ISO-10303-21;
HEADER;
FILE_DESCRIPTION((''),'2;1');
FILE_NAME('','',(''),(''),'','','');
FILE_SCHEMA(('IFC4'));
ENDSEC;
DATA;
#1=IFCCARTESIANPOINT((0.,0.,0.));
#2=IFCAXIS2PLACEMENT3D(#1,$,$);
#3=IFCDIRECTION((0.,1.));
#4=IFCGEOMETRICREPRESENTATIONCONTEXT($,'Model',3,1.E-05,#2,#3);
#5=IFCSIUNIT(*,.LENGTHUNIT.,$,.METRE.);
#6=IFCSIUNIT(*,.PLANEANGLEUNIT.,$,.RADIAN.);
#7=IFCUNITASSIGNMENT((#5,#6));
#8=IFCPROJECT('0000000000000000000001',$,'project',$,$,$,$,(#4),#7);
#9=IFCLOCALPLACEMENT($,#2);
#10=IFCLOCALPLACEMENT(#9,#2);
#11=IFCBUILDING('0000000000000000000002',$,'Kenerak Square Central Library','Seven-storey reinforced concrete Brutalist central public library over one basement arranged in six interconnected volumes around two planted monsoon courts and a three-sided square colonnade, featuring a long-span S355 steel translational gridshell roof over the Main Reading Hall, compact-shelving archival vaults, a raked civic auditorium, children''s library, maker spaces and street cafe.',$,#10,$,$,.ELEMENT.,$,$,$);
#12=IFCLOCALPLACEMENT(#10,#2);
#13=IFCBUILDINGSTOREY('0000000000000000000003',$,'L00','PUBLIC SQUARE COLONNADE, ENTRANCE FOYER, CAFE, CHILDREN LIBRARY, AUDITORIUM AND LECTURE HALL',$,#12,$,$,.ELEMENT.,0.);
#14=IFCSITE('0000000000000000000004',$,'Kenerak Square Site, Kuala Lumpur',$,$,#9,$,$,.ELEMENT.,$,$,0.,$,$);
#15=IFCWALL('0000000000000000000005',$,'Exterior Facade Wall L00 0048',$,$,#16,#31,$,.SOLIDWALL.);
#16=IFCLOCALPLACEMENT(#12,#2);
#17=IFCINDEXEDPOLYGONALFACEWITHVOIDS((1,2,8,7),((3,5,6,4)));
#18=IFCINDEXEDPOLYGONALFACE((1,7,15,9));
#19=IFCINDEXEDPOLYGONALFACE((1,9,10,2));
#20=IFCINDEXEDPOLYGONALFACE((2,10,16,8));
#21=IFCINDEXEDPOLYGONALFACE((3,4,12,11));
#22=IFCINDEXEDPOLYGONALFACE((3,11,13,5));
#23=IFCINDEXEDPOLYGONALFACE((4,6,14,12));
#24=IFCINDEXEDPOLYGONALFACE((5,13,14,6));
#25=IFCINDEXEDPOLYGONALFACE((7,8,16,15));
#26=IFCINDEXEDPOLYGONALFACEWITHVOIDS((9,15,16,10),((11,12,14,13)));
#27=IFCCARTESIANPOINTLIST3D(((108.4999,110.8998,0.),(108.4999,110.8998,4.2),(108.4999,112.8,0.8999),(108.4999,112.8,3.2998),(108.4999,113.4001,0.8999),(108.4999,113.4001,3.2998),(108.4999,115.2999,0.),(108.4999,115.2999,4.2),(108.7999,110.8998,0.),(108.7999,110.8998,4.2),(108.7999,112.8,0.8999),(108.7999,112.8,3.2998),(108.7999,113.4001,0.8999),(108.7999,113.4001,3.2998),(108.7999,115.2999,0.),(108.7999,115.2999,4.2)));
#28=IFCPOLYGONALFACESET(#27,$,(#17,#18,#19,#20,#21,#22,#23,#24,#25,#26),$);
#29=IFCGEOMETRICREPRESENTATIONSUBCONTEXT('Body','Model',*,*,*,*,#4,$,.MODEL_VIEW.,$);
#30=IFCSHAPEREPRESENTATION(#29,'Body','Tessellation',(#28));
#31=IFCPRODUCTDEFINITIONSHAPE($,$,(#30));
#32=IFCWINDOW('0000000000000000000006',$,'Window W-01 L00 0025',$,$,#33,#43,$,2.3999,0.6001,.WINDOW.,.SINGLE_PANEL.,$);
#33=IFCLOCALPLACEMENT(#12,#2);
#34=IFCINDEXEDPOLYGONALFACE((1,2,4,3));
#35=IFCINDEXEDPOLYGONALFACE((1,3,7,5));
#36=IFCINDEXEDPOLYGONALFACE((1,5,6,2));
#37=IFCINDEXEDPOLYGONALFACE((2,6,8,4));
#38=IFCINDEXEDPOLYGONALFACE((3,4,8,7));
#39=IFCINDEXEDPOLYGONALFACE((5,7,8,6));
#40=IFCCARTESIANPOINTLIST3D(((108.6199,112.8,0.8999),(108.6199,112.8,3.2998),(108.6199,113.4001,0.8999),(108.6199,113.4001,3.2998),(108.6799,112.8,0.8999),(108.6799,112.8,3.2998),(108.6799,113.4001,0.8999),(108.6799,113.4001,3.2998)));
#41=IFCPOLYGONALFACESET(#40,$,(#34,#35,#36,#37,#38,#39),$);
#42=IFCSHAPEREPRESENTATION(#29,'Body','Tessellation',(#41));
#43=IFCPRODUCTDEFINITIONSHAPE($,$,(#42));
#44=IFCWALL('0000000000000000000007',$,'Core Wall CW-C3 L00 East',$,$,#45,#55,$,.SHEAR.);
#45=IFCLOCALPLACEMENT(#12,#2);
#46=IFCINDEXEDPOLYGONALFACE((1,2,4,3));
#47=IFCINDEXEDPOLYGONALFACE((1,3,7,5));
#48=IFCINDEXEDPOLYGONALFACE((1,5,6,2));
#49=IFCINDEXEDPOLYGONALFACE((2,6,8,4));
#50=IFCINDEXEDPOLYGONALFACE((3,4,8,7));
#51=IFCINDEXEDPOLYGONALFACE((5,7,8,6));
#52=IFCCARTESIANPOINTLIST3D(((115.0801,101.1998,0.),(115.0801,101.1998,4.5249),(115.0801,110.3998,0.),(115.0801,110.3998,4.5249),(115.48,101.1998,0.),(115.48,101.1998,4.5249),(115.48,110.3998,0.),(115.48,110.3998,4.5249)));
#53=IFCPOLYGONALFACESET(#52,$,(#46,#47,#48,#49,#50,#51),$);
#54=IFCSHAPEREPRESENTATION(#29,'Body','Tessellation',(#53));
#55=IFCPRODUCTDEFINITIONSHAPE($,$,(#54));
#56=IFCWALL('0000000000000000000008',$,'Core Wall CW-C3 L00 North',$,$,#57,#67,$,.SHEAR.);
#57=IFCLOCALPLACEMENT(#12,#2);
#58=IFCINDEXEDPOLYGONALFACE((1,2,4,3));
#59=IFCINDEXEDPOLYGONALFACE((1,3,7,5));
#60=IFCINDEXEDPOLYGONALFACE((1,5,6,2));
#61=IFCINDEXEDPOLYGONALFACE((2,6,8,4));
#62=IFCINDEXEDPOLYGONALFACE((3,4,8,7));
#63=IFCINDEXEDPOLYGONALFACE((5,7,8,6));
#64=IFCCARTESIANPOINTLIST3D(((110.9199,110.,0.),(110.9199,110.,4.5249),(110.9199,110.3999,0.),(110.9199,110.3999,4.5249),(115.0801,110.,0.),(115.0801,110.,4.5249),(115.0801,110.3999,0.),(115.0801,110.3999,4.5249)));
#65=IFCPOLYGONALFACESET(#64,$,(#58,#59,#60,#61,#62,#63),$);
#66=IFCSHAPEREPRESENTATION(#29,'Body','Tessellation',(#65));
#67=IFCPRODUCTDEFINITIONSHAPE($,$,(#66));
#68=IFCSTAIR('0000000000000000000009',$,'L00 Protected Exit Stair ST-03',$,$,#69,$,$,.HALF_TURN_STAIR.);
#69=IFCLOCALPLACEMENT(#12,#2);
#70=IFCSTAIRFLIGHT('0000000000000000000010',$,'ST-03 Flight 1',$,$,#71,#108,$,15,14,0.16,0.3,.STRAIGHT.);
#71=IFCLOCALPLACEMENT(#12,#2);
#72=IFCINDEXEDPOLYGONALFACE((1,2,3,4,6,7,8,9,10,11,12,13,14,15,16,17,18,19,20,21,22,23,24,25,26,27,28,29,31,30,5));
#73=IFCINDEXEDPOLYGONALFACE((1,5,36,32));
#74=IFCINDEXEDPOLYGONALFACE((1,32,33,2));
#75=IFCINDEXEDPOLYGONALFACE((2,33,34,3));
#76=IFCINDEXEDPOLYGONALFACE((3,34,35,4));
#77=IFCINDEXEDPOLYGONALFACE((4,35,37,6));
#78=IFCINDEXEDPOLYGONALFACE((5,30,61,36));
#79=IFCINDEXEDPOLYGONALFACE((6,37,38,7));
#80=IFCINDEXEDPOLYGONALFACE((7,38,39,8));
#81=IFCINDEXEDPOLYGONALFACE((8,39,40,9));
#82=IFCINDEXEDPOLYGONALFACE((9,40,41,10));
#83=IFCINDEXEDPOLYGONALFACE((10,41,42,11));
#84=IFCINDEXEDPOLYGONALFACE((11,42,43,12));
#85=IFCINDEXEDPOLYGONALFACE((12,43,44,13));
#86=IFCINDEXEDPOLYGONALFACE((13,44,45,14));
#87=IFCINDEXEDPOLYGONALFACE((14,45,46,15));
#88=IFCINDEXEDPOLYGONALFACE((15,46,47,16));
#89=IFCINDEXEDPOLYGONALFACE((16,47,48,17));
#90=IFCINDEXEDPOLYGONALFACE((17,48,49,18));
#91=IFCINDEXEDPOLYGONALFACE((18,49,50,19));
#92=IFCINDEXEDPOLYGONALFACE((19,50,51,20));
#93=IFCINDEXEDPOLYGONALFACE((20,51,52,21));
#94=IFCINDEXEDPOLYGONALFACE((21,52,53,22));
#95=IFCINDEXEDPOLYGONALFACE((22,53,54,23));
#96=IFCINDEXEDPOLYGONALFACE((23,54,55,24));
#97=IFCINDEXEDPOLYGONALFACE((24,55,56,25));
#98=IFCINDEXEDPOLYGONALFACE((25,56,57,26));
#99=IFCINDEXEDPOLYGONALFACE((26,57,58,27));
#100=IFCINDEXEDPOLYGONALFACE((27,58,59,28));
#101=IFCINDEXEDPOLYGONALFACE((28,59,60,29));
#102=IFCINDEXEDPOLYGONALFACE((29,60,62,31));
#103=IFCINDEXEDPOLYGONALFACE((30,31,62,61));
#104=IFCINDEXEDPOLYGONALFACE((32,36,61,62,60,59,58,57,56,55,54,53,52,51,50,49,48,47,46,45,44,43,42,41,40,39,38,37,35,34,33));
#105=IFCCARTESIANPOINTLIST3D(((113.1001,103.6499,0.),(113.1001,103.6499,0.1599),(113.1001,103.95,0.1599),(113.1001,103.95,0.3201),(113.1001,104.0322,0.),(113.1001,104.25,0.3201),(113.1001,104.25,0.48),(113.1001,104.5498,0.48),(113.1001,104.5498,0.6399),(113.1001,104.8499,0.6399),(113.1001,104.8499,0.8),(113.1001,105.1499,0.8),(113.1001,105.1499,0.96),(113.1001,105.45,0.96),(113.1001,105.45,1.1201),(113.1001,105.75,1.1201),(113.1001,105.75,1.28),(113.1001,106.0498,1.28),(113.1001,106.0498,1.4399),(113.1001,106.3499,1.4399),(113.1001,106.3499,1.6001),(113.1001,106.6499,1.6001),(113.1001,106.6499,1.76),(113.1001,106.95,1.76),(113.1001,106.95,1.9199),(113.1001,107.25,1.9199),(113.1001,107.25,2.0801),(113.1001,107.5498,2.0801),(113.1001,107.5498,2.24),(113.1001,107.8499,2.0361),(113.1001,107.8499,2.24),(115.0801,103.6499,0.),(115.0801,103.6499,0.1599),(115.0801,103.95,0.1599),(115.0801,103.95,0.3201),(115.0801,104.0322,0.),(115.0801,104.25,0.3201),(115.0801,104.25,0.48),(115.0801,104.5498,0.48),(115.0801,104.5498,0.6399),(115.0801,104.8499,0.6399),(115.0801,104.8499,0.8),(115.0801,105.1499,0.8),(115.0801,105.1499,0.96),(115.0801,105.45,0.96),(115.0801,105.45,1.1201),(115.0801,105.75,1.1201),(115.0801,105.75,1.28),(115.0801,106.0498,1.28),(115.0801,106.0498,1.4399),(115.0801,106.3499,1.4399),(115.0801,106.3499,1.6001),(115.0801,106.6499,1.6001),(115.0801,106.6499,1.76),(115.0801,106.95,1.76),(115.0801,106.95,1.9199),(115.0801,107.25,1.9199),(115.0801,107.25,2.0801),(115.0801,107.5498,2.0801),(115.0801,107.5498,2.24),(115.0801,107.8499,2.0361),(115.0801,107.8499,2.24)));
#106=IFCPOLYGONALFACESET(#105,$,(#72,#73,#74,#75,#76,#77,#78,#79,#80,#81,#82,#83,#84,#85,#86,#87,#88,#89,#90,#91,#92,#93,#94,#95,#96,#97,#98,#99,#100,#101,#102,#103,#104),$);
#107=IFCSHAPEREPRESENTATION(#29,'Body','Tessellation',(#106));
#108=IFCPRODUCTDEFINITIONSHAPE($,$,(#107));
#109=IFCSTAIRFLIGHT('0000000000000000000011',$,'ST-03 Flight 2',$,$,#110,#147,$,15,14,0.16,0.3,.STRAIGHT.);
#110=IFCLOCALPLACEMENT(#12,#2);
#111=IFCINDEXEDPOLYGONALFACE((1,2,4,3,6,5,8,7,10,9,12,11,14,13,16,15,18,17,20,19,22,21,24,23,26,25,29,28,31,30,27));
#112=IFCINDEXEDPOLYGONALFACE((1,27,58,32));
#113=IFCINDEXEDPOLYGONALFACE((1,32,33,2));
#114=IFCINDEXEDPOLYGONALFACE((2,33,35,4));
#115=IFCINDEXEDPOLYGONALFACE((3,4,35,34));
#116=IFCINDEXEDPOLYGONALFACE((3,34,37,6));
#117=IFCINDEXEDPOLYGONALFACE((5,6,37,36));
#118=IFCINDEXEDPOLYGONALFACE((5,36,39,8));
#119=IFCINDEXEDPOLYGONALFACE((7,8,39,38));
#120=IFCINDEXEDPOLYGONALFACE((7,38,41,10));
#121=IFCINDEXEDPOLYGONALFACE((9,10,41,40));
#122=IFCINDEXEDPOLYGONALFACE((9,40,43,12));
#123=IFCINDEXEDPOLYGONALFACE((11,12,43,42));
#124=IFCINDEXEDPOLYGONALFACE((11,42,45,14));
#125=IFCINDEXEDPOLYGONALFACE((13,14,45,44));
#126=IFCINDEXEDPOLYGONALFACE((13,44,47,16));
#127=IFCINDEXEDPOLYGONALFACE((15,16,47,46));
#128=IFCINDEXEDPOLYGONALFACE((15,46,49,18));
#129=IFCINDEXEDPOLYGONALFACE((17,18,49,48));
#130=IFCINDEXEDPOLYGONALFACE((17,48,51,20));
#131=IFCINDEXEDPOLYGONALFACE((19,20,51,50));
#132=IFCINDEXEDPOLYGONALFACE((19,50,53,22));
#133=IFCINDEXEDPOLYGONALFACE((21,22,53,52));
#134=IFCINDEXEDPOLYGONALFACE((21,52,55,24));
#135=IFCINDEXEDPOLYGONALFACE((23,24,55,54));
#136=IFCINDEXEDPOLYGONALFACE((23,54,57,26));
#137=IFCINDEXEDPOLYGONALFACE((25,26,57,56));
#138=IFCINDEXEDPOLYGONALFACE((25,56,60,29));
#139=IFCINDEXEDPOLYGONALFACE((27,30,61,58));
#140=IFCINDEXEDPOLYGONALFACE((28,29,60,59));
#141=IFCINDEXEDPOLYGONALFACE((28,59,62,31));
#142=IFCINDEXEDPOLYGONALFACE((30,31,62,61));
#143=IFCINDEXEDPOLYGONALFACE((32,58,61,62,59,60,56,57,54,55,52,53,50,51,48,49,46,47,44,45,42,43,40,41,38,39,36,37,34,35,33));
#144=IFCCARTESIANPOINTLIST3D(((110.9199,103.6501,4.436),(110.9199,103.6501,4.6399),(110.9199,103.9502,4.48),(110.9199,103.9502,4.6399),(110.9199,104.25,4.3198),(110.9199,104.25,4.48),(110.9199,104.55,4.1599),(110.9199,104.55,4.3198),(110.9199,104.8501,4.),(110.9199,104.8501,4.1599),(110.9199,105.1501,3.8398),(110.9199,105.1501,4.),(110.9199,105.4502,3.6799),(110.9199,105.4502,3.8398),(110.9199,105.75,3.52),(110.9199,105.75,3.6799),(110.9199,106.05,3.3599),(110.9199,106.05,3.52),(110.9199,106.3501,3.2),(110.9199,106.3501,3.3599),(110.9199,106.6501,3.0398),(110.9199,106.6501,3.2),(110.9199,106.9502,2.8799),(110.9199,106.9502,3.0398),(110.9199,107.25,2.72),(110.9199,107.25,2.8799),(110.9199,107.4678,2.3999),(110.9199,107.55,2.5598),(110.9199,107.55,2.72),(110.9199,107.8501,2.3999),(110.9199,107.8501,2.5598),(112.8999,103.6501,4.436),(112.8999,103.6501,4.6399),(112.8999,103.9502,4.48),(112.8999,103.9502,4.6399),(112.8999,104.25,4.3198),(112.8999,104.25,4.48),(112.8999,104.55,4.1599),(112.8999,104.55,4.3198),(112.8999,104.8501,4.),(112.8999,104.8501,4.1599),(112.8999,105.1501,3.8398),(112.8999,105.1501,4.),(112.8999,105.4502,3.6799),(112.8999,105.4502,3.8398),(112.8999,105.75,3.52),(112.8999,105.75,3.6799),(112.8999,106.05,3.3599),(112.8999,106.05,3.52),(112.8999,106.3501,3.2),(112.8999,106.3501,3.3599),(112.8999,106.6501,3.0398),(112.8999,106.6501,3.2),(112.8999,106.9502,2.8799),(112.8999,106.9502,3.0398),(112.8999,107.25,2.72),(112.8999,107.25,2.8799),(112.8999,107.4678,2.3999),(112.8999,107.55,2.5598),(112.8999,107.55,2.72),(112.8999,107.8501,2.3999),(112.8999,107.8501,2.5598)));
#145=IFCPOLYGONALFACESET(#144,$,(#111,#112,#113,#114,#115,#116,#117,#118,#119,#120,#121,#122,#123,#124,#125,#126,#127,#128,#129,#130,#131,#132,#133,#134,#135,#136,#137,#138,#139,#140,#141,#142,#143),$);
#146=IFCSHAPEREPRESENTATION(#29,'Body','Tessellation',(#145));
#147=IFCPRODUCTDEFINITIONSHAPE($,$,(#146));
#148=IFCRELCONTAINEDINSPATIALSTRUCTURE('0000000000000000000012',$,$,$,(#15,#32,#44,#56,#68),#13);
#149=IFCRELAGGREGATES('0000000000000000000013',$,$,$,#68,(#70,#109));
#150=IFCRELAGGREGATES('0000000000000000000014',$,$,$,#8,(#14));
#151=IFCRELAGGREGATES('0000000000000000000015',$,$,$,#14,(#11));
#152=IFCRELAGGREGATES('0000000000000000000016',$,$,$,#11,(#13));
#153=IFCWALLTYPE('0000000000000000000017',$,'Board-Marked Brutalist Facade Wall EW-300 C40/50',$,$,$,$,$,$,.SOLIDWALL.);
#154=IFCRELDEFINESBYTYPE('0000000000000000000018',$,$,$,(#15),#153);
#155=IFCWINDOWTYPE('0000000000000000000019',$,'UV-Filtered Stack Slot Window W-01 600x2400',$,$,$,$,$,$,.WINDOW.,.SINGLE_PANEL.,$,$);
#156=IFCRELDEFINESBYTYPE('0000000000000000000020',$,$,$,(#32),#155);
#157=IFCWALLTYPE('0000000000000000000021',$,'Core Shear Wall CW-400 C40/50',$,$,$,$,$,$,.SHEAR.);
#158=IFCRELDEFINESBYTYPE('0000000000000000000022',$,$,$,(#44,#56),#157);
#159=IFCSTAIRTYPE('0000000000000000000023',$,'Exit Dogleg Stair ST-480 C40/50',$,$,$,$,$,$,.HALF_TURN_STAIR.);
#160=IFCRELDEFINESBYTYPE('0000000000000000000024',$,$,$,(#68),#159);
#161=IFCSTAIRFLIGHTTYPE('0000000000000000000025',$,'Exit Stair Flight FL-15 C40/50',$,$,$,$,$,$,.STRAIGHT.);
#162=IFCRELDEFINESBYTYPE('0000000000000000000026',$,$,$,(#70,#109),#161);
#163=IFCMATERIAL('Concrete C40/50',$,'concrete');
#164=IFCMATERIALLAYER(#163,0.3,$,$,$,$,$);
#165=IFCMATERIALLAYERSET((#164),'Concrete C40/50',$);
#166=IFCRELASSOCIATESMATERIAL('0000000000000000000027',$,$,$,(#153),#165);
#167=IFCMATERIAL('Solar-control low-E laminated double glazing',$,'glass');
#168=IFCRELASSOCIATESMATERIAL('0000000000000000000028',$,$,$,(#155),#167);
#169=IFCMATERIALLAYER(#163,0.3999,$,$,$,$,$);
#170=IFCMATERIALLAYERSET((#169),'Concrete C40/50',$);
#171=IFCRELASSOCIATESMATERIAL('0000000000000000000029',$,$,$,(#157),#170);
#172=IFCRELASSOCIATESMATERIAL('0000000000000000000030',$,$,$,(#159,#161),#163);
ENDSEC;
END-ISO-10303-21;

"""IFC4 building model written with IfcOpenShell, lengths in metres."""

from ifc_helpers import new_model, si_unit, direction, frame, frame_2d, origin, place, context, subcontext, project, spatial, polyline, rectangle, outline, extrude, material, layer, layer_set, type_object, element, fill, aggregate, save


model = new_model("IFC4")

# Units and contexts
model_context = context("Model", 3, precision=1e-05, world=origin(), true_north=direction((0.0, 1.0)))
body_context = subcontext(model_context, "Body", "Model", "MODEL_VIEW")
ifc_project = project(units=[si_unit("LENGTHUNIT", "METRE"), si_unit("PLANEANGLEUNIT", "RADIAN")], contexts=[model_context])

# Site, building, storey
site_placement = place(None, origin())
site = spatial("IfcSite", under=ifc_project, at=site_placement, Name="Kenerak Square Site, Kuala Lumpur", CompositionType="ELEMENT", RefElevation=0.0)
building_placement = place(site_placement, origin())
building = spatial("IfcBuilding", under=site, at=building_placement, Name="Kenerak Square Central Library", Description="Seven-storey reinforced concrete Brutalist central public library over one basement arranged in six interconnected volumes around two planted monsoon courts and a three-sided square colonnade, featuring a long-span S355 steel translational gridshell roof over the Main Reading Hall, compact-shelving archival vaults, a raked civic auditorium, children's library, maker spaces and street cafe.", CompositionType="ELEMENT")
storey_placement = place(building_placement, origin())
storey = spatial("IfcBuildingStorey", under=building, at=storey_placement, Name="L00", Description="PUBLIC SQUARE COLONNADE, ENTRANCE FOYER, CAFE, CHILDREN LIBRARY, AUDITORIUM AND LECTURE HALL", CompositionType="ELEMENT", Elevation=0.0)

# Shared definitions
ifc_material_1 = material(Name="Concrete C40/50", Category="concrete")

# Shared definitions
ifc_layer_1 = layer(ifc_material_1, 0.3)
ifc_layer_set_1 = layer_set([ifc_layer_1], Name="Concrete C40/50")
wall_type_1 = type_object("IfcWallType", Name="Board-Marked Brutalist Facade Wall EW-300 C40/50", PredefinedType="SOLIDWALL", material=ifc_layer_set_1)
ifc_material_2 = material(Name="Solar-control low-E laminated double glazing", Category="glass")
window_type = type_object("IfcWindowType", Name="UV-Filtered Stack Slot Window W-01 600x2400", PartitioningType="SINGLE_PANEL", PredefinedType="WINDOW", material=ifc_material_2)

# Wall, opening, window
wall_1_placement = place(storey_placement, frame((108.6499, 115.3, 0.0), z_axis=(0.0, 0.0, 1.0), x_axis=(0.0, -1.0, 0.0)))
wall_1 = element("IfcWall", 1, at=wall_1_placement, inside=storey, type_object=wall_type_1, Name="Exterior Facade Wall L00 0048", PredefinedType="SOLIDWALL", context=body_context, shape_type="SweptSolid", body=[
    extrude(rectangle(XDim=4.4001, YDim=0.3, at=frame_2d((2.2002, 0.0))), origin(), (0.0, 0.0, 1.0), 4.2),
])
opening_1_placement = place(wall_1_placement, frame((1.8999, 0.0, 0.8999)))
opening_1 = element("IfcOpeningElement", 2, at=opening_1_placement, cuts=wall_1, PredefinedType="OPENING", context=body_context, shape_type="SweptSolid", body=[
    extrude(rectangle(XDim=0.6001, YDim=2.3999, at=frame_2d((0.3, 1.2))), frame((0.0, 0.1599, 0.0), z_axis=(0.0, -1.0, 0.0), x_axis=(1.0, 0.0, 0.0)), (0.0, 0.0, 1.0), 0.3201),
])
window_1_placement = place(opening_1_placement, origin())
window_1 = element("IfcWindow", 3, at=window_1_placement, inside=storey, type_object=window_type, Name="Window W-01 L00 0025", OverallHeight=2.3999, OverallWidth=0.6001, PartitioningType="SINGLE_PANEL", PredefinedType="WINDOW", context=body_context, shape_type="SweptSolid", body=[
    extrude(rectangle(XDim=0.6001, YDim=2.3999, at=frame_2d((0.3, 1.2))), frame((0.0, 0.03, 0.0), z_axis=(0.0, -1.0, 0.0), x_axis=(1.0, 0.0, 0.0)), (0.0, 0.0, 1.0), 0.0601),
])
fill(opening_1, window_1)

# Walls
ifc_layer_2 = layer(ifc_material_1, 0.3999)
ifc_layer_set_2 = layer_set([ifc_layer_2], Name="Concrete C40/50")
wall_type_2 = type_object("IfcWallType", Name="Core Shear Wall CW-400 C40/50", PredefinedType="SHEAR", material=ifc_layer_set_2)
wall_2_placement = place(storey_placement, frame((115.28, 110.3999, 0.0), z_axis=(0.0, 0.0, 1.0), x_axis=(0.0, -1.0, 0.0)))
element("IfcWall", 4, at=wall_2_placement, inside=storey, type_object=wall_type_2, Name="Core Wall CW-C3 L00 East", PredefinedType="SHEAR", context=body_context, shape_type="SweptSolid", body=[
    extrude(rectangle(XDim=9.2, YDim=0.3999, at=frame_2d((4.6001, 0.0))), origin(), (0.0, 0.0, 1.0), 4.5249),
])
wall_3_placement = place(storey_placement, frame((110.9199, 110.2, 0.0), z_axis=(0.0, 0.0, 1.0), x_axis=(1.0, 0.0, 0.0)))
element("IfcWall", 5, at=wall_3_placement, inside=storey, type_object=wall_type_2, Name="Core Wall CW-C3 L00 North", PredefinedType="SHEAR", context=body_context, shape_type="SweptSolid", body=[
    extrude(rectangle(XDim=4.1602, YDim=0.3999, at=frame_2d((2.0801, 0.0))), origin(), (0.0, 0.0, 1.0), 4.5249),
])

# Stair, stair flights
stair_type = type_object("IfcStairType", Name="Exit Dogleg Stair ST-480 C40/50", PredefinedType="HALF_TURN_STAIR", material=ifc_material_1)
stair_placement = place(storey_placement, origin())
stair = element("IfcStair", 6, at=stair_placement, inside=storey, type_object=stair_type, Name="L00 Protected Exit Stair ST-03", PredefinedType="HALF_TURN_STAIR")
stair_flight_type = type_object("IfcStairFlightType", Name="Exit Stair Flight FL-15 C40/50", PredefinedType="STRAIGHT", material=ifc_material_1)
stair_flight_1_placement = place(storey_placement, frame((114.0901, 103.6499, 0.0), z_axis=(0.0, 0.0, 1.0), x_axis=(0.0, 1.0, 0.0)))
stair_flight_1 = element("IfcStairFlight", 7, at=stair_flight_1_placement, type_object=stair_flight_type, Name="ST-03 Flight 1", NumberOfRisers=15, NumberOfTreads=14, PredefinedType="STRAIGHT", RiserHeight=0.16, TreadLength=0.3, context=body_context, shape_type="SweptSolid", body=[
    extrude(outline(polyline([(0.0, 0.0), (0.0, 0.1599), (0.3, 0.1599), (0.3, 0.3201), (0.6001, 0.3201), (0.6001, 0.48), (0.8999, 0.48), (0.8999, 0.6399), (1.2, 0.6399), (1.2, 0.8), (1.5, 0.8), (1.5, 0.96), (1.8, 0.96), (1.8, 1.1201), (2.1001, 1.1201), (2.1001, 1.28), (2.3999, 1.28), (2.3999, 1.4399), (2.7, 1.4399), (2.7, 1.6001), (3.0, 1.6001), (3.0, 1.76), (3.3, 1.76), (3.3, 1.9199), (3.6001, 1.9199), (3.6001, 2.0801), (3.8999, 2.0801), (3.8999, 2.24), (4.2, 2.24), (4.2, 2.3999), (4.2, 2.0361), (0.3823, 0.0), (0.0, 0.0)])), frame((0.0, 0.99, 0.0), z_axis=(0.0, -1.0, 0.0), x_axis=(1.0, 0.0, 0.0)), (0.0, 0.0, 1.0), 1.98),
])
stair_flight_2_placement = place(storey_placement, frame((111.9099, 107.8501, 2.3999), z_axis=(0.0, 0.0, 1.0), x_axis=(0.0, -1.0, 0.0)))
stair_flight_2 = element("IfcStairFlight", 8, at=stair_flight_2_placement, type_object=stair_flight_type, Name="ST-03 Flight 2", NumberOfRisers=15, NumberOfTreads=14, PredefinedType="STRAIGHT", RiserHeight=0.16, TreadLength=0.3, context=body_context, shape_type="SweptSolid", body=[
    extrude(outline(polyline([(0.0, 0.0), (0.0, 0.1599), (0.3, 0.1599), (0.3, 0.3201), (0.6001, 0.3201), (0.6001, 0.48), (0.8999, 0.48), (0.8999, 0.6399), (1.2, 0.6399), (1.2, 0.8), (1.5, 0.8), (1.5, 0.96), (1.8, 0.96), (1.8, 1.1201), (2.1001, 1.1201), (2.1001, 1.28), (2.3999, 1.28), (2.3999, 1.4399), (2.7, 1.4399), (2.7, 1.6001), (3.0, 1.6001), (3.0, 1.76), (3.3, 1.76), (3.3, 1.9199), (3.6001, 1.9199), (3.6001, 2.0801), (3.8999, 2.0801), (3.8999, 2.24), (4.2, 2.24), (4.2, 2.3999), (4.2, 2.0361), (0.3823, 0.0), (0.0, 0.0)])), frame((0.0, 0.99, 0.0), z_axis=(0.0, -1.0, 0.0), x_axis=(1.0, 0.0, 0.0)), (0.0, 0.0, 1.0), 1.98),
])
aggregate(stair, [stair_flight_1, stair_flight_2])

save(model, "model.ifc")
